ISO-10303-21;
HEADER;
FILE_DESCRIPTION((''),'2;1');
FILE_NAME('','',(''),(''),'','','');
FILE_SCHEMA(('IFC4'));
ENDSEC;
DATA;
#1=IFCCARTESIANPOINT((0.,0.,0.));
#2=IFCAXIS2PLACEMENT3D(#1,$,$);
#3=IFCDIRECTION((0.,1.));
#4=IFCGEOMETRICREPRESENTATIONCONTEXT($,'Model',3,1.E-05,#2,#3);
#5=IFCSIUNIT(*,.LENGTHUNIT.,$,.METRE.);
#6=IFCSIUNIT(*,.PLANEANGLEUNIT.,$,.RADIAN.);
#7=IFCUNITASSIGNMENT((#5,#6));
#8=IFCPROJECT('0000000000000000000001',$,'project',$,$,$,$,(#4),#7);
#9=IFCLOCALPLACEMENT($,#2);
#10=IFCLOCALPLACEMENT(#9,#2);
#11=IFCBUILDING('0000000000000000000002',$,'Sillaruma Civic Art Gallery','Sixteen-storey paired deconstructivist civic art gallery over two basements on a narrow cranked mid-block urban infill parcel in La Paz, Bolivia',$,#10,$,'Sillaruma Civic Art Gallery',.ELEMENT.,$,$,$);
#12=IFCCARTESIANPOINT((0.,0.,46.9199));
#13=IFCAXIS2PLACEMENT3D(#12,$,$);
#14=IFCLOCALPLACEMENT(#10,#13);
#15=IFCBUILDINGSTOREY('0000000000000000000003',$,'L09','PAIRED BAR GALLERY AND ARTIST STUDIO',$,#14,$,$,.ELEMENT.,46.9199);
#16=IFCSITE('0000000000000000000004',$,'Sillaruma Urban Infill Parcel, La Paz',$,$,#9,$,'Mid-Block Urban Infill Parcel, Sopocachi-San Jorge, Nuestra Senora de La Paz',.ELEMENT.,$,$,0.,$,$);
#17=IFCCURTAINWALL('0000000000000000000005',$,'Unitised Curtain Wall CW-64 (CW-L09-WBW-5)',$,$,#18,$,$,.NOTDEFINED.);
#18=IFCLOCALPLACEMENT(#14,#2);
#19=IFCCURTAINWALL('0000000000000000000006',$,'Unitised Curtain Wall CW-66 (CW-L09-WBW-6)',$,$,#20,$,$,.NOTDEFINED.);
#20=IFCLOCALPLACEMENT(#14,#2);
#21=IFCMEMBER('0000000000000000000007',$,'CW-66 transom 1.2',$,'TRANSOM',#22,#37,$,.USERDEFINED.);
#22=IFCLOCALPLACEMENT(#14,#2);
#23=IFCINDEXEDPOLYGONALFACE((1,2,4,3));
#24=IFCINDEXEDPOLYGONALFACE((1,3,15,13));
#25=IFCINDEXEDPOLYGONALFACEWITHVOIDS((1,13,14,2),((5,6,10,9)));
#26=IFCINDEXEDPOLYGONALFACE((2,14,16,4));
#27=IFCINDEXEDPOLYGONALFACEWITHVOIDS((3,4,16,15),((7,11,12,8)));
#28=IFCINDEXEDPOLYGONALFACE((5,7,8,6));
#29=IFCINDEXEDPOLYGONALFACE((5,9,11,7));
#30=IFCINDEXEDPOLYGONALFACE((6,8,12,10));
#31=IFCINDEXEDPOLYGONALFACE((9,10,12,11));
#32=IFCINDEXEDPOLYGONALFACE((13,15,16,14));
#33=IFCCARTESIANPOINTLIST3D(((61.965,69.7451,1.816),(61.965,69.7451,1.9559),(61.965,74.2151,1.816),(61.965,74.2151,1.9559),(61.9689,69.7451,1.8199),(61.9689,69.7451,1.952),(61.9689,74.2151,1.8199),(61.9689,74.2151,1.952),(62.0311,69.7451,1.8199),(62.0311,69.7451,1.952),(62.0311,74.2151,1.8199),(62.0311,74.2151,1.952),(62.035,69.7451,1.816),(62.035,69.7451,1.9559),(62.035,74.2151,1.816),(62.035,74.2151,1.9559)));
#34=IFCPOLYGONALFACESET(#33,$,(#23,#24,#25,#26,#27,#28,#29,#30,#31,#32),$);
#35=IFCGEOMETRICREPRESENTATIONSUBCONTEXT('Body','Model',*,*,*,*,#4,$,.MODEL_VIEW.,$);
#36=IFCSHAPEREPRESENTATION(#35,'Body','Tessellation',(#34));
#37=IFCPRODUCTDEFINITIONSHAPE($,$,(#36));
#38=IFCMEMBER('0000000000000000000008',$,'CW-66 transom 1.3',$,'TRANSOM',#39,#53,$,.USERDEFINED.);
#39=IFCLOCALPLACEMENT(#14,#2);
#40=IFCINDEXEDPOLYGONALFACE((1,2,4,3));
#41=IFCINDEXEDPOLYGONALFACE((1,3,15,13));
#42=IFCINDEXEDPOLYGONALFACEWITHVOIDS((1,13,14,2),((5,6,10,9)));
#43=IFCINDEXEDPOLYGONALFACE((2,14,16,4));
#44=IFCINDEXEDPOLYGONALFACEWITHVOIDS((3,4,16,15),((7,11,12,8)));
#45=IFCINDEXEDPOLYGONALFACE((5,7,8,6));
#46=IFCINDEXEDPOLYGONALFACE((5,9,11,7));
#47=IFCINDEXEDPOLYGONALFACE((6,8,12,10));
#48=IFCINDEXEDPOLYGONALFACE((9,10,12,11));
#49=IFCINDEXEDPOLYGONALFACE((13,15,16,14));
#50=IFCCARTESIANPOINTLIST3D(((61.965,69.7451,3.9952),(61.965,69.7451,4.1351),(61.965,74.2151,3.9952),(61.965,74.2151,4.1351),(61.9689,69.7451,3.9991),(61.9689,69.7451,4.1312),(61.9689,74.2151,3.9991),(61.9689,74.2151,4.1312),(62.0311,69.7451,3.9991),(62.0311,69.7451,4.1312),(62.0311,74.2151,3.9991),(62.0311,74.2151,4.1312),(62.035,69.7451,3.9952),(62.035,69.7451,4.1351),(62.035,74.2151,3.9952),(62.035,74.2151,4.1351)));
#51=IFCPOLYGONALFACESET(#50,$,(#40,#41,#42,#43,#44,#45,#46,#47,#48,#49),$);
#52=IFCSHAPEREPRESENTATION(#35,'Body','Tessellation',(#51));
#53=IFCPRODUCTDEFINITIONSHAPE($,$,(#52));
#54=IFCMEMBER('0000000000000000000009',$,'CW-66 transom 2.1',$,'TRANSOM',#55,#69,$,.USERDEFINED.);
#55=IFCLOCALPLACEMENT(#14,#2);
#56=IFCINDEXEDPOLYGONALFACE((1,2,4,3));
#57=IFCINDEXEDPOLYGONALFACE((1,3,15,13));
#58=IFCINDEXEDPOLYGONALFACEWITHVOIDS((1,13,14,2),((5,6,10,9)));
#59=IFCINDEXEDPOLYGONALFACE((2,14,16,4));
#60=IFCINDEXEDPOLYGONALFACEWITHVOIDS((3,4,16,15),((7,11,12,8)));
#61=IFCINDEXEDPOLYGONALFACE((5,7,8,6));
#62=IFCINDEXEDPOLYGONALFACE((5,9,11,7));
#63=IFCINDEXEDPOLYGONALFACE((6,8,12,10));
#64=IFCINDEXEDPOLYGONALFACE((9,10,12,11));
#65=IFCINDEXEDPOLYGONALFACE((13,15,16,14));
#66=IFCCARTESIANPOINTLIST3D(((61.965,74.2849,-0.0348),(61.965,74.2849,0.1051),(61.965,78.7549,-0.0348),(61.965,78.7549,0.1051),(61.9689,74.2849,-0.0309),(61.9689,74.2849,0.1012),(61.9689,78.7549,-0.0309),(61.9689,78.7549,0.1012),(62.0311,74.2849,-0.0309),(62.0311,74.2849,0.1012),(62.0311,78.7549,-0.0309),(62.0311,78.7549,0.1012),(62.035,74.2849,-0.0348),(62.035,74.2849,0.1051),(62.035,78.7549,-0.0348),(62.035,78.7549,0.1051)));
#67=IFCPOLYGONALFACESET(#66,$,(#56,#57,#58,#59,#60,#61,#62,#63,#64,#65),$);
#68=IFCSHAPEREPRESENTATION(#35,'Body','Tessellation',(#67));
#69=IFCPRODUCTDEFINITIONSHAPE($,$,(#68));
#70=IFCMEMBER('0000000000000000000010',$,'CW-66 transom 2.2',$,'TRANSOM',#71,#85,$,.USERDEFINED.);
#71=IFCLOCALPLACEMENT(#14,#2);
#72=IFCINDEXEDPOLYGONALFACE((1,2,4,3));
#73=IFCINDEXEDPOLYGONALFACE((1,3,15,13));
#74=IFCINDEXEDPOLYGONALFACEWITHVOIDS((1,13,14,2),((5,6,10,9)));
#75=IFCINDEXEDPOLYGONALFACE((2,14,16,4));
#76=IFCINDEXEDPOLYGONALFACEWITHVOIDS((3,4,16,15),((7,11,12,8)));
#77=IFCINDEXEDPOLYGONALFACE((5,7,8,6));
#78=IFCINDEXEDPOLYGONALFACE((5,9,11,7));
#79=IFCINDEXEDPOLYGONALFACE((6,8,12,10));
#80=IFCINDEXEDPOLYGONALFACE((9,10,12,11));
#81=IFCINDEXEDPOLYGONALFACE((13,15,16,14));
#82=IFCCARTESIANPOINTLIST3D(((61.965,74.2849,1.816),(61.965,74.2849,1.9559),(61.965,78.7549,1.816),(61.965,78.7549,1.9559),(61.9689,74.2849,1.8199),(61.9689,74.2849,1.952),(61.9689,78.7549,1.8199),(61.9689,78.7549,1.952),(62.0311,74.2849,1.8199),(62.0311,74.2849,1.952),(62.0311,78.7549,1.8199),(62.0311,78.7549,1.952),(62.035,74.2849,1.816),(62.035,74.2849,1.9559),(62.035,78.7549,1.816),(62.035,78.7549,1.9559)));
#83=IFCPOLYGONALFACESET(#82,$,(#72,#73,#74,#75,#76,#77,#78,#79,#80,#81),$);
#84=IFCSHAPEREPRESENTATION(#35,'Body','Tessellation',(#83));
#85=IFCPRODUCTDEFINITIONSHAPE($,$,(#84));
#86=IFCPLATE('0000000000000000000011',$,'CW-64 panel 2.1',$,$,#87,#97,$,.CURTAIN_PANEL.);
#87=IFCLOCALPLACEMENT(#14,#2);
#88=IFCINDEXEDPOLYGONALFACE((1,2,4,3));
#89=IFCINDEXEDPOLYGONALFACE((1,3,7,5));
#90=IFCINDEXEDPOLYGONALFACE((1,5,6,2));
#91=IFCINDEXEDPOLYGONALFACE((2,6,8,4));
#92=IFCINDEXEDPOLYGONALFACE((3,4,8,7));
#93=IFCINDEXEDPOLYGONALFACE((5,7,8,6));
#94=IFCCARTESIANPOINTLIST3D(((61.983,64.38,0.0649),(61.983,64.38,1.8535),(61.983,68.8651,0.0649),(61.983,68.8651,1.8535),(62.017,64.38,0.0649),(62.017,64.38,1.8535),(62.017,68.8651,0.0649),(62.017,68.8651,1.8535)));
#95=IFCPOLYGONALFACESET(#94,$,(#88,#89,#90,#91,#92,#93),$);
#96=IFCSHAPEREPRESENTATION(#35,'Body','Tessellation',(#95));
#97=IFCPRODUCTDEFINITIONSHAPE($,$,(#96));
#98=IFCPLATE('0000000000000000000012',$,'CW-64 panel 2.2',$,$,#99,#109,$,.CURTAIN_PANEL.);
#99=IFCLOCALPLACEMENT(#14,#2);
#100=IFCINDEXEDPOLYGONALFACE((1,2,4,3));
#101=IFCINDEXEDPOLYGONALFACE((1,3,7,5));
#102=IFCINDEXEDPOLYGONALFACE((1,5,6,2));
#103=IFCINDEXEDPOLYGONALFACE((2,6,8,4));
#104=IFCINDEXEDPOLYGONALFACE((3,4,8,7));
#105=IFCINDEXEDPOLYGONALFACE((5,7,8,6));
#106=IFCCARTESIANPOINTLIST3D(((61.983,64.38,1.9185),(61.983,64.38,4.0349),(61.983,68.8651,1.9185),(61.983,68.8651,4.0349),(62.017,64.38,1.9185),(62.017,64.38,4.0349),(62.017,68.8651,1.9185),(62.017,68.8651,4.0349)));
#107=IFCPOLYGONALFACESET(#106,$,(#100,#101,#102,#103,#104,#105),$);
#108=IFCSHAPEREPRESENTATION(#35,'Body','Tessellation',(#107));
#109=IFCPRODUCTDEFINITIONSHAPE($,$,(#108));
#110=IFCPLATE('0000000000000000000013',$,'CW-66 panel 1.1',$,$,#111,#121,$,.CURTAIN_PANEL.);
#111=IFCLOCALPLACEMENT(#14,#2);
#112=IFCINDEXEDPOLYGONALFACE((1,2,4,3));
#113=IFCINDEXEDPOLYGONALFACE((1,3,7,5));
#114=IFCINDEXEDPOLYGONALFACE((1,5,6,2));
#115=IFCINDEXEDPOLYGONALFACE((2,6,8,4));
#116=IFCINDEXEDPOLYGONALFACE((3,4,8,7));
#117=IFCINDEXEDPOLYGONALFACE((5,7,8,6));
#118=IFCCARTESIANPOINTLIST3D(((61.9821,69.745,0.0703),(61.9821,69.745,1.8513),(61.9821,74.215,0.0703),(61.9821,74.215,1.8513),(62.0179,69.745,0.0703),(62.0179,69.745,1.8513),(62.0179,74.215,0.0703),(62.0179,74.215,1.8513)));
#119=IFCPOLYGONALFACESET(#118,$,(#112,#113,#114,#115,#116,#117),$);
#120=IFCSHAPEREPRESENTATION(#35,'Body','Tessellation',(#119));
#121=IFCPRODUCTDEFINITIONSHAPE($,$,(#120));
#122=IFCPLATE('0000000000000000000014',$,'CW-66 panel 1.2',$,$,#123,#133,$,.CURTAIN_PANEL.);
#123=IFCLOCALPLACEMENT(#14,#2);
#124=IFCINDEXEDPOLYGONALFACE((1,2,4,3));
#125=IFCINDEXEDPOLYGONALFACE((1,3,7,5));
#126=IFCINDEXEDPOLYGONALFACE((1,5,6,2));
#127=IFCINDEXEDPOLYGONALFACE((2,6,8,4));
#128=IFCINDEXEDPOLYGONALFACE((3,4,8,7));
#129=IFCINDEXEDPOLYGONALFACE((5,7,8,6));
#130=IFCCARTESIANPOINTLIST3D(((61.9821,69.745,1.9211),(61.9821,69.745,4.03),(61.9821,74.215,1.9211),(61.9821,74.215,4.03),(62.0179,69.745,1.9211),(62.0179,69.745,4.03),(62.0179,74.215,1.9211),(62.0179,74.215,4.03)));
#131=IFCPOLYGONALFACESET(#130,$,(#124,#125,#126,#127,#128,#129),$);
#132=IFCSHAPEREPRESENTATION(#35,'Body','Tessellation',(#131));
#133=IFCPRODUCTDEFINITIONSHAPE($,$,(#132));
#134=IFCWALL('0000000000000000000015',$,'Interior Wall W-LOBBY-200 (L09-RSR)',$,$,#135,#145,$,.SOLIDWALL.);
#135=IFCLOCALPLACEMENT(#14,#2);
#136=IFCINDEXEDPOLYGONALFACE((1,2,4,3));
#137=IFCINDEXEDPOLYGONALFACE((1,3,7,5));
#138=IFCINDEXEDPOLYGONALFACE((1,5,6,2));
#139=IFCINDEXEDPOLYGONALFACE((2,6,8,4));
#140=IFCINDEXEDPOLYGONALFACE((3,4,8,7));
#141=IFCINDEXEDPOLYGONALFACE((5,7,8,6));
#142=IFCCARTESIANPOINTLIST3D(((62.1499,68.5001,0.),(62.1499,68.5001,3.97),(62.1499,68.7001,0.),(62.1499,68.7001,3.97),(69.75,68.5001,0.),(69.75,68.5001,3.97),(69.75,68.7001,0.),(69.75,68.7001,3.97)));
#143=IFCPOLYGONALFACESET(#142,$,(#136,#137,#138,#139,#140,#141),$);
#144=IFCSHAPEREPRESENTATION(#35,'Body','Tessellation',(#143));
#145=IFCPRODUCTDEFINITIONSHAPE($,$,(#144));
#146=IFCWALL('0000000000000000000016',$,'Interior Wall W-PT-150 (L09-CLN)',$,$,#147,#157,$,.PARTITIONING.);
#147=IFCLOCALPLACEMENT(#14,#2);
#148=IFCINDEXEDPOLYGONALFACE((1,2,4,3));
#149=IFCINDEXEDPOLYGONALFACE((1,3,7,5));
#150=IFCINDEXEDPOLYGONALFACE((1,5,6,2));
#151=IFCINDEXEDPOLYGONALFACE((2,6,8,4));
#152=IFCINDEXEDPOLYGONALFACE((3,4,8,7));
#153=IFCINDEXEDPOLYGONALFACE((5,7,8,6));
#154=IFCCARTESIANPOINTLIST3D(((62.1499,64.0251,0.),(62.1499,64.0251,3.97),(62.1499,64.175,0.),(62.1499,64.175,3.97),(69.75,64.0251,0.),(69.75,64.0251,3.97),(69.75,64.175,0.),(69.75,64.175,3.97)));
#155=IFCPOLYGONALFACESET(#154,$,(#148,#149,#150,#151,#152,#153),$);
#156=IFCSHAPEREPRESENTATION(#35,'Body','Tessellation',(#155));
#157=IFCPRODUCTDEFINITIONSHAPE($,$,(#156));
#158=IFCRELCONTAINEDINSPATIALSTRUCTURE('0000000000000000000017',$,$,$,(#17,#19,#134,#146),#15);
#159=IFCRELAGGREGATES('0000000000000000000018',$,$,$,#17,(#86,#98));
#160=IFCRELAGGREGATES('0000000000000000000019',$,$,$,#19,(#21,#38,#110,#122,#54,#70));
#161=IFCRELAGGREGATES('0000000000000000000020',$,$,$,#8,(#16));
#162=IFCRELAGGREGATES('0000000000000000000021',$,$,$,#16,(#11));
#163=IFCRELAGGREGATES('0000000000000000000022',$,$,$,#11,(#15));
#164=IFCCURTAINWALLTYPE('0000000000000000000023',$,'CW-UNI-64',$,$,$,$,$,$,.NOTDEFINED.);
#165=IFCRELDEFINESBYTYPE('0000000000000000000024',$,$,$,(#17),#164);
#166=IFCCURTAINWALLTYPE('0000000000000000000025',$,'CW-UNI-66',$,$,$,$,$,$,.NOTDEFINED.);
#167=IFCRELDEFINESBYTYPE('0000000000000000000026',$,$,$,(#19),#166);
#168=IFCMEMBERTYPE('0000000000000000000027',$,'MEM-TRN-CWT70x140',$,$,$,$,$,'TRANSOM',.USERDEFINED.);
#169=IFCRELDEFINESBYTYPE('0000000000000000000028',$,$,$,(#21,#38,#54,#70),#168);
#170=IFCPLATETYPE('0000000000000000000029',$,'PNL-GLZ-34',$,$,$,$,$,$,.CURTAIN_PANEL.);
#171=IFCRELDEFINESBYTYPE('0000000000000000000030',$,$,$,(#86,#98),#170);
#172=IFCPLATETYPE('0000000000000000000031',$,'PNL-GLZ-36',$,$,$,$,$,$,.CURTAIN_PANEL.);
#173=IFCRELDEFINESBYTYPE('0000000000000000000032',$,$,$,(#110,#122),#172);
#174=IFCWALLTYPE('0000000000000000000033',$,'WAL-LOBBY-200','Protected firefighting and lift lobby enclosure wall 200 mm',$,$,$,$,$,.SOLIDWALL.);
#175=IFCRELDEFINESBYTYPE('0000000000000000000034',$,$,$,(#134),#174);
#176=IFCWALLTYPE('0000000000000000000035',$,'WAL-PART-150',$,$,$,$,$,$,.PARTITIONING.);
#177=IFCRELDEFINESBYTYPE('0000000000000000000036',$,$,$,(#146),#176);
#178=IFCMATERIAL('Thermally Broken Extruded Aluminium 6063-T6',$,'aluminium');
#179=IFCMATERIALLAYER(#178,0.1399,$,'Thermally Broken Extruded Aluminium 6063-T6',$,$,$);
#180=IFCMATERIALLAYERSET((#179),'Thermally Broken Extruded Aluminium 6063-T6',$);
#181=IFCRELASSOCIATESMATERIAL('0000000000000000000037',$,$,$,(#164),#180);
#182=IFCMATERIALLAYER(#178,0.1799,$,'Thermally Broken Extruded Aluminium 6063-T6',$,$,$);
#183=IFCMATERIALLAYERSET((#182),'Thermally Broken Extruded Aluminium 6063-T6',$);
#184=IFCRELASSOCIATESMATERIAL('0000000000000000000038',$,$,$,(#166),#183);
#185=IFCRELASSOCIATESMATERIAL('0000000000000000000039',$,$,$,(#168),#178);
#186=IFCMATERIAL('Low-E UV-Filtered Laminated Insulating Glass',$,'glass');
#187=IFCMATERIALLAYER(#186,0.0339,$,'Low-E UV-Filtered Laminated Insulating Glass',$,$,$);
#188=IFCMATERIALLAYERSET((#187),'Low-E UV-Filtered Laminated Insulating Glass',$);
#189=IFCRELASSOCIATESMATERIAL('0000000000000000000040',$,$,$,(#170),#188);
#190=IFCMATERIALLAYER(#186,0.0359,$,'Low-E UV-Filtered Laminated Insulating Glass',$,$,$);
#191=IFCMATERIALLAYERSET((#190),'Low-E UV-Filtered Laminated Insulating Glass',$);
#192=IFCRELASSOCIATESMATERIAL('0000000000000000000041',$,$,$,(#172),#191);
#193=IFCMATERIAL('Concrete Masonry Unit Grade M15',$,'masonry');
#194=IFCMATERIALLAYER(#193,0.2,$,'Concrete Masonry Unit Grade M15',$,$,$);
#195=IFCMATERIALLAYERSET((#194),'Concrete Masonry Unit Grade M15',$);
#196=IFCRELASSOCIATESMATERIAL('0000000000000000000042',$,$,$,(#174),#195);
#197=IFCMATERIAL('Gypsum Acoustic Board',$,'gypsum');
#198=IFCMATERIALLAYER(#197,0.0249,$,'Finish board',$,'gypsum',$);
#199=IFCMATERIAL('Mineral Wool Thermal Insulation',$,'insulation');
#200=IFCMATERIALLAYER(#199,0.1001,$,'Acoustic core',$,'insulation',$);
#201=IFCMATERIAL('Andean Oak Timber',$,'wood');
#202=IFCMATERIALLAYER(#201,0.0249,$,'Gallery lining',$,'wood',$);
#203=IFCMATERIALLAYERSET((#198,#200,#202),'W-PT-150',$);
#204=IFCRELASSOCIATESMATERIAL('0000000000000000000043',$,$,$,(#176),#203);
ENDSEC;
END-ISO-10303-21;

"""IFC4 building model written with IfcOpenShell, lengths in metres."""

from ifc_helpers import new_model, si_unit, direction, frame, frame_2d, origin, origin_2d, place, context, subcontext, project, spatial, rectangle, hollow_rectangle, extrude, material, layer, layer_set, material_profile, profile_set, type_object, element, aggregate, save


model = new_model("IFC4")

# Units and contexts
model_context = context("Model", 3, precision=1e-05, world=origin(), true_north=direction((0.0, 1.0)))
body_context = subcontext(model_context, "Body", "Model", "MODEL_VIEW")
ifc_project = project(units=[si_unit("LENGTHUNIT", "METRE"), si_unit("PLANEANGLEUNIT", "RADIAN")], contexts=[model_context])

# Site, building, storey
site_placement = place(None, origin())
site = spatial("IfcSite", under=ifc_project, at=site_placement, Name="Sillaruma Urban Infill Parcel, La Paz", LongName="Mid-Block Urban Infill Parcel, Sopocachi-San Jorge, Nuestra Senora de La Paz", CompositionType="ELEMENT", RefElevation=0.0)
building_placement = place(site_placement, origin())
building = spatial("IfcBuilding", under=site, at=building_placement, Name="Sillaruma Civic Art Gallery", Description="Sixteen-storey paired deconstructivist civic art gallery over two basements on a narrow cranked mid-block urban infill parcel in La Paz, Bolivia", LongName="Sillaruma Civic Art Gallery", CompositionType="ELEMENT")
storey_placement = place(building_placement, frame((0.0, 0.0, 46.9199)))
storey = spatial("IfcBuildingStorey", under=building, at=storey_placement, Name="L09", Description="PAIRED BAR GALLERY AND ARTIST STUDIO", CompositionType="ELEMENT", Elevation=46.9199)

# Curtain walls
ifc_material_1 = material(Name="Thermally Broken Extruded Aluminium 6063-T6", Category="aluminium")
ifc_layer_1 = layer(ifc_material_1, 0.1399, Name="Thermally Broken Extruded Aluminium 6063-T6")
ifc_layer_set_1 = layer_set([ifc_layer_1], Name="Thermally Broken Extruded Aluminium 6063-T6")
curtain_wall_type_1 = type_object("IfcCurtainWallType", Name="CW-UNI-64", PredefinedType="NOTDEFINED", material=ifc_layer_set_1)
curtain_wall_1_placement = place(storey_placement, origin())
curtain_wall_1 = element("IfcCurtainWall", 1, at=curtain_wall_1_placement, inside=storey, type_object=curtain_wall_type_1, Name="Unitised Curtain Wall CW-64 (CW-L09-WBW-5)", PredefinedType="NOTDEFINED")
ifc_layer_2 = layer(ifc_material_1, 0.1799, Name="Thermally Broken Extruded Aluminium 6063-T6")
ifc_layer_set_2 = layer_set([ifc_layer_2], Name="Thermally Broken Extruded Aluminium 6063-T6")
curtain_wall_type_2 = type_object("IfcCurtainWallType", Name="CW-UNI-66", PredefinedType="NOTDEFINED", material=ifc_layer_set_2)
curtain_wall_2_placement = place(storey_placement, origin())
curtain_wall_2 = element("IfcCurtainWall", 2, at=curtain_wall_2_placement, inside=storey, type_object=curtain_wall_type_2, Name="Unitised Curtain Wall CW-66 (CW-L09-WBW-6)", PredefinedType="NOTDEFINED")

# Members
ifc_material_profile_1 = material_profile(ifc_material_1, hollow_rectangle(XDim=0.0701, YDim=0.1399, WallThickness=0.0039, at=origin_2d()), Name="CWT70x140")
ifc_profile_set_1 = profile_set([ifc_material_profile_1], Name="Thermally Broken Extruded Aluminium 6063-T6")
member_type_1 = type_object("IfcMemberType", Name="MEM-TRN-CWT70x140", ElementType="TRANSOM", PredefinedType="USERDEFINED", material=ifc_profile_set_1)
member_1_placement = place(storey_placement, frame((62.0, 69.7451, 1.886), z_axis=(0.0, 1.0, 0.0), x_axis=(-1.0, 0.0, 0.0)))
member_1 = element("IfcMember", 3, at=member_1_placement, type_object=member_type_1, Name="CW-66 transom 1.2", ObjectType="TRANSOM", PredefinedType="USERDEFINED", context=body_context, shape_type="SweptSolid", body=[
    extrude(hollow_rectangle(XDim=0.0701, YDim=0.1399, WallThickness=0.0039, at=origin_2d()), origin(), (0.0, 0.0, 1.0), 4.47),
])
member_2_placement = place(storey_placement, frame((62.0, 69.7451, 4.0652), z_axis=(0.0, 1.0, 0.0), x_axis=(-1.0, 0.0, 0.0)))
member_2 = element("IfcMember", 4, at=member_2_placement, type_object=member_type_1, Name="CW-66 transom 1.3", ObjectType="TRANSOM", PredefinedType="USERDEFINED", context=body_context, shape_type="SweptSolid", body=[
    extrude(hollow_rectangle(XDim=0.0701, YDim=0.1399, WallThickness=0.0039, at=origin_2d()), origin(), (0.0, 0.0, 1.0), 4.47),
])
member_3_placement = place(storey_placement, frame((62.0, 74.2849, 0.0352), z_axis=(0.0, 1.0, 0.0), x_axis=(-1.0, 0.0, 0.0)))
member_3 = element("IfcMember", 5, at=member_3_placement, type_object=member_type_1, Name="CW-66 transom 2.1", ObjectType="TRANSOM", PredefinedType="USERDEFINED", context=body_context, shape_type="SweptSolid", body=[
    extrude(hollow_rectangle(XDim=0.0701, YDim=0.1399, WallThickness=0.0039, at=origin_2d()), origin(), (0.0, 0.0, 1.0), 4.47),
])
member_4_placement = place(storey_placement, frame((62.0, 74.2849, 1.886), z_axis=(0.0, 1.0, 0.0), x_axis=(-1.0, 0.0, 0.0)))
member_4 = element("IfcMember", 6, at=member_4_placement, type_object=member_type_1, Name="CW-66 transom 2.2", ObjectType="TRANSOM", PredefinedType="USERDEFINED", context=body_context, shape_type="SweptSolid", body=[
    extrude(hollow_rectangle(XDim=0.0701, YDim=0.1399, WallThickness=0.0039, at=origin_2d()), origin(), (0.0, 0.0, 1.0), 4.47),
])

# Plates
ifc_material_2 = material(Name="Low-E UV-Filtered Laminated Insulating Glass", Category="glass")
ifc_layer_3 = layer(ifc_material_2, 0.0339, Name="Low-E UV-Filtered Laminated Insulating Glass")
ifc_layer_set_3 = layer_set([ifc_layer_3], Name="Low-E UV-Filtered Laminated Insulating Glass")
plate_type_1 = type_object("IfcPlateType", Name="PNL-GLZ-34", PredefinedType="CURTAIN_PANEL", material=ifc_layer_set_3)
plate_1_placement = place(storey_placement, frame((62.0, 66.6226, 0.0649), z_axis=(0.0, 0.0, 1.0), x_axis=(0.0, 1.0, 0.0)))
plate_1 = element("IfcPlate", 7, at=plate_1_placement, type_object=plate_type_1, Name="CW-64 panel 2.1", PredefinedType="CURTAIN_PANEL", context=body_context, shape_type="SweptSolid", body=[
    extrude(rectangle(XDim=4.4851, YDim=0.0339, at=origin_2d()), origin(), (0.0, 0.0, 1.0), 1.7886),
])
plate_2_placement = place(storey_placement, frame((62.0, 66.6226, 1.9185), z_axis=(0.0, 0.0, 1.0), x_axis=(0.0, 1.0, 0.0)))
plate_2 = element("IfcPlate", 8, at=plate_2_placement, type_object=plate_type_1, Name="CW-64 panel 2.2", PredefinedType="CURTAIN_PANEL", context=body_context, shape_type="SweptSolid", body=[
    extrude(rectangle(XDim=4.4851, YDim=0.0339, at=origin_2d()), origin(), (0.0, 0.0, 1.0), 2.1165),
])
aggregate(curtain_wall_1, [plate_1, plate_2])
ifc_layer_4 = layer(ifc_material_2, 0.0359, Name="Low-E UV-Filtered Laminated Insulating Glass")
ifc_layer_set_4 = layer_set([ifc_layer_4], Name="Low-E UV-Filtered Laminated Insulating Glass")
plate_type_2 = type_object("IfcPlateType", Name="PNL-GLZ-36", PredefinedType="CURTAIN_PANEL", material=ifc_layer_set_4)
plate_3_placement = place(storey_placement, frame((62.0, 71.98, 0.0703), z_axis=(0.0, 0.0, 1.0), x_axis=(0.0, 1.0, 0.0)))
plate_3 = element("IfcPlate", 9, at=plate_3_placement, type_object=plate_type_2, Name="CW-66 panel 1.1", PredefinedType="CURTAIN_PANEL", context=body_context, shape_type="SweptSolid", body=[
    extrude(rectangle(XDim=4.47, YDim=0.0359, at=origin_2d()), origin(), (0.0, 0.0, 1.0), 1.781),
])
plate_4_placement = place(storey_placement, frame((62.0, 71.98, 1.9211), z_axis=(0.0, 0.0, 1.0), x_axis=(0.0, 1.0, 0.0)))
plate_4 = element("IfcPlate", 10, at=plate_4_placement, type_object=plate_type_2, Name="CW-66 panel 1.2", PredefinedType="CURTAIN_PANEL", context=body_context, shape_type="SweptSolid", body=[
    extrude(rectangle(XDim=4.47, YDim=0.0359, at=origin_2d()), origin(), (0.0, 0.0, 1.0), 2.1089),
])
aggregate(curtain_wall_2, [member_1, member_2, plate_3, plate_4, member_3, member_4])

# Walls
ifc_material_3 = material(Name="Concrete Masonry Unit Grade M15", Category="masonry")
ifc_layer_5 = layer(ifc_material_3, 0.2, Name="Concrete Masonry Unit Grade M15")
ifc_layer_set_5 = layer_set([ifc_layer_5], Name="Concrete Masonry Unit Grade M15")
wall_type_1 = type_object("IfcWallType", Name="WAL-LOBBY-200", Description="Protected firefighting and lift lobby enclosure wall 200 mm", PredefinedType="SOLIDWALL", material=ifc_layer_set_5)
wall_1_placement = place(storey_placement, frame((62.1499, 68.6001, 0.0), z_axis=(0.0, 0.0, 1.0), x_axis=(1.0, 0.0, 0.0)))
element("IfcWall", 11, at=wall_1_placement, inside=storey, type_object=wall_type_1, Name="Interior Wall W-LOBBY-200 (L09-RSR)", PredefinedType="SOLIDWALL", context=body_context, shape_type="SweptSolid", body=[
    extrude(rectangle(XDim=7.6001, YDim=0.2, at=frame_2d((3.8, 0.0))), origin(), (0.0, 0.0, 1.0), 3.97),
])
ifc_material_4 = material(Name="Gypsum Acoustic Board", Category="gypsum")
ifc_layer_6 = layer(ifc_material_4, 0.0249, Name="Finish board", Category="gypsum")
ifc_material_5 = material(Name="Mineral Wool Thermal Insulation", Category="insulation")
ifc_layer_7 = layer(ifc_material_5, 0.1001, Name="Acoustic core", Category="insulation")
ifc_material_6 = material(Name="Andean Oak Timber", Category="wood")
ifc_layer_8 = layer(ifc_material_6, 0.0249, Name="Gallery lining", Category="wood")
ifc_layer_set_6 = layer_set([ifc_layer_6, ifc_layer_7, ifc_layer_8], Name="W-PT-150")
wall_type_2 = type_object("IfcWallType", Name="WAL-PART-150", PredefinedType="PARTITIONING", material=ifc_layer_set_6)
wall_2_placement = place(storey_placement, frame((62.1499, 64.1001, 0.0), z_axis=(0.0, 0.0, 1.0), x_axis=(1.0, 0.0, 0.0)))
element("IfcWall", 12, at=wall_2_placement, inside=storey, type_object=wall_type_2, Name="Interior Wall W-PT-150 (L09-CLN)", PredefinedType="PARTITIONING", context=body_context, shape_type="SweptSolid", body=[
    extrude(rectangle(XDim=7.6001, YDim=0.1499, at=frame_2d((3.8, 0.0))), origin(), (0.0, 0.0, 1.0), 3.97),
])

save(model, "model.ifc")
